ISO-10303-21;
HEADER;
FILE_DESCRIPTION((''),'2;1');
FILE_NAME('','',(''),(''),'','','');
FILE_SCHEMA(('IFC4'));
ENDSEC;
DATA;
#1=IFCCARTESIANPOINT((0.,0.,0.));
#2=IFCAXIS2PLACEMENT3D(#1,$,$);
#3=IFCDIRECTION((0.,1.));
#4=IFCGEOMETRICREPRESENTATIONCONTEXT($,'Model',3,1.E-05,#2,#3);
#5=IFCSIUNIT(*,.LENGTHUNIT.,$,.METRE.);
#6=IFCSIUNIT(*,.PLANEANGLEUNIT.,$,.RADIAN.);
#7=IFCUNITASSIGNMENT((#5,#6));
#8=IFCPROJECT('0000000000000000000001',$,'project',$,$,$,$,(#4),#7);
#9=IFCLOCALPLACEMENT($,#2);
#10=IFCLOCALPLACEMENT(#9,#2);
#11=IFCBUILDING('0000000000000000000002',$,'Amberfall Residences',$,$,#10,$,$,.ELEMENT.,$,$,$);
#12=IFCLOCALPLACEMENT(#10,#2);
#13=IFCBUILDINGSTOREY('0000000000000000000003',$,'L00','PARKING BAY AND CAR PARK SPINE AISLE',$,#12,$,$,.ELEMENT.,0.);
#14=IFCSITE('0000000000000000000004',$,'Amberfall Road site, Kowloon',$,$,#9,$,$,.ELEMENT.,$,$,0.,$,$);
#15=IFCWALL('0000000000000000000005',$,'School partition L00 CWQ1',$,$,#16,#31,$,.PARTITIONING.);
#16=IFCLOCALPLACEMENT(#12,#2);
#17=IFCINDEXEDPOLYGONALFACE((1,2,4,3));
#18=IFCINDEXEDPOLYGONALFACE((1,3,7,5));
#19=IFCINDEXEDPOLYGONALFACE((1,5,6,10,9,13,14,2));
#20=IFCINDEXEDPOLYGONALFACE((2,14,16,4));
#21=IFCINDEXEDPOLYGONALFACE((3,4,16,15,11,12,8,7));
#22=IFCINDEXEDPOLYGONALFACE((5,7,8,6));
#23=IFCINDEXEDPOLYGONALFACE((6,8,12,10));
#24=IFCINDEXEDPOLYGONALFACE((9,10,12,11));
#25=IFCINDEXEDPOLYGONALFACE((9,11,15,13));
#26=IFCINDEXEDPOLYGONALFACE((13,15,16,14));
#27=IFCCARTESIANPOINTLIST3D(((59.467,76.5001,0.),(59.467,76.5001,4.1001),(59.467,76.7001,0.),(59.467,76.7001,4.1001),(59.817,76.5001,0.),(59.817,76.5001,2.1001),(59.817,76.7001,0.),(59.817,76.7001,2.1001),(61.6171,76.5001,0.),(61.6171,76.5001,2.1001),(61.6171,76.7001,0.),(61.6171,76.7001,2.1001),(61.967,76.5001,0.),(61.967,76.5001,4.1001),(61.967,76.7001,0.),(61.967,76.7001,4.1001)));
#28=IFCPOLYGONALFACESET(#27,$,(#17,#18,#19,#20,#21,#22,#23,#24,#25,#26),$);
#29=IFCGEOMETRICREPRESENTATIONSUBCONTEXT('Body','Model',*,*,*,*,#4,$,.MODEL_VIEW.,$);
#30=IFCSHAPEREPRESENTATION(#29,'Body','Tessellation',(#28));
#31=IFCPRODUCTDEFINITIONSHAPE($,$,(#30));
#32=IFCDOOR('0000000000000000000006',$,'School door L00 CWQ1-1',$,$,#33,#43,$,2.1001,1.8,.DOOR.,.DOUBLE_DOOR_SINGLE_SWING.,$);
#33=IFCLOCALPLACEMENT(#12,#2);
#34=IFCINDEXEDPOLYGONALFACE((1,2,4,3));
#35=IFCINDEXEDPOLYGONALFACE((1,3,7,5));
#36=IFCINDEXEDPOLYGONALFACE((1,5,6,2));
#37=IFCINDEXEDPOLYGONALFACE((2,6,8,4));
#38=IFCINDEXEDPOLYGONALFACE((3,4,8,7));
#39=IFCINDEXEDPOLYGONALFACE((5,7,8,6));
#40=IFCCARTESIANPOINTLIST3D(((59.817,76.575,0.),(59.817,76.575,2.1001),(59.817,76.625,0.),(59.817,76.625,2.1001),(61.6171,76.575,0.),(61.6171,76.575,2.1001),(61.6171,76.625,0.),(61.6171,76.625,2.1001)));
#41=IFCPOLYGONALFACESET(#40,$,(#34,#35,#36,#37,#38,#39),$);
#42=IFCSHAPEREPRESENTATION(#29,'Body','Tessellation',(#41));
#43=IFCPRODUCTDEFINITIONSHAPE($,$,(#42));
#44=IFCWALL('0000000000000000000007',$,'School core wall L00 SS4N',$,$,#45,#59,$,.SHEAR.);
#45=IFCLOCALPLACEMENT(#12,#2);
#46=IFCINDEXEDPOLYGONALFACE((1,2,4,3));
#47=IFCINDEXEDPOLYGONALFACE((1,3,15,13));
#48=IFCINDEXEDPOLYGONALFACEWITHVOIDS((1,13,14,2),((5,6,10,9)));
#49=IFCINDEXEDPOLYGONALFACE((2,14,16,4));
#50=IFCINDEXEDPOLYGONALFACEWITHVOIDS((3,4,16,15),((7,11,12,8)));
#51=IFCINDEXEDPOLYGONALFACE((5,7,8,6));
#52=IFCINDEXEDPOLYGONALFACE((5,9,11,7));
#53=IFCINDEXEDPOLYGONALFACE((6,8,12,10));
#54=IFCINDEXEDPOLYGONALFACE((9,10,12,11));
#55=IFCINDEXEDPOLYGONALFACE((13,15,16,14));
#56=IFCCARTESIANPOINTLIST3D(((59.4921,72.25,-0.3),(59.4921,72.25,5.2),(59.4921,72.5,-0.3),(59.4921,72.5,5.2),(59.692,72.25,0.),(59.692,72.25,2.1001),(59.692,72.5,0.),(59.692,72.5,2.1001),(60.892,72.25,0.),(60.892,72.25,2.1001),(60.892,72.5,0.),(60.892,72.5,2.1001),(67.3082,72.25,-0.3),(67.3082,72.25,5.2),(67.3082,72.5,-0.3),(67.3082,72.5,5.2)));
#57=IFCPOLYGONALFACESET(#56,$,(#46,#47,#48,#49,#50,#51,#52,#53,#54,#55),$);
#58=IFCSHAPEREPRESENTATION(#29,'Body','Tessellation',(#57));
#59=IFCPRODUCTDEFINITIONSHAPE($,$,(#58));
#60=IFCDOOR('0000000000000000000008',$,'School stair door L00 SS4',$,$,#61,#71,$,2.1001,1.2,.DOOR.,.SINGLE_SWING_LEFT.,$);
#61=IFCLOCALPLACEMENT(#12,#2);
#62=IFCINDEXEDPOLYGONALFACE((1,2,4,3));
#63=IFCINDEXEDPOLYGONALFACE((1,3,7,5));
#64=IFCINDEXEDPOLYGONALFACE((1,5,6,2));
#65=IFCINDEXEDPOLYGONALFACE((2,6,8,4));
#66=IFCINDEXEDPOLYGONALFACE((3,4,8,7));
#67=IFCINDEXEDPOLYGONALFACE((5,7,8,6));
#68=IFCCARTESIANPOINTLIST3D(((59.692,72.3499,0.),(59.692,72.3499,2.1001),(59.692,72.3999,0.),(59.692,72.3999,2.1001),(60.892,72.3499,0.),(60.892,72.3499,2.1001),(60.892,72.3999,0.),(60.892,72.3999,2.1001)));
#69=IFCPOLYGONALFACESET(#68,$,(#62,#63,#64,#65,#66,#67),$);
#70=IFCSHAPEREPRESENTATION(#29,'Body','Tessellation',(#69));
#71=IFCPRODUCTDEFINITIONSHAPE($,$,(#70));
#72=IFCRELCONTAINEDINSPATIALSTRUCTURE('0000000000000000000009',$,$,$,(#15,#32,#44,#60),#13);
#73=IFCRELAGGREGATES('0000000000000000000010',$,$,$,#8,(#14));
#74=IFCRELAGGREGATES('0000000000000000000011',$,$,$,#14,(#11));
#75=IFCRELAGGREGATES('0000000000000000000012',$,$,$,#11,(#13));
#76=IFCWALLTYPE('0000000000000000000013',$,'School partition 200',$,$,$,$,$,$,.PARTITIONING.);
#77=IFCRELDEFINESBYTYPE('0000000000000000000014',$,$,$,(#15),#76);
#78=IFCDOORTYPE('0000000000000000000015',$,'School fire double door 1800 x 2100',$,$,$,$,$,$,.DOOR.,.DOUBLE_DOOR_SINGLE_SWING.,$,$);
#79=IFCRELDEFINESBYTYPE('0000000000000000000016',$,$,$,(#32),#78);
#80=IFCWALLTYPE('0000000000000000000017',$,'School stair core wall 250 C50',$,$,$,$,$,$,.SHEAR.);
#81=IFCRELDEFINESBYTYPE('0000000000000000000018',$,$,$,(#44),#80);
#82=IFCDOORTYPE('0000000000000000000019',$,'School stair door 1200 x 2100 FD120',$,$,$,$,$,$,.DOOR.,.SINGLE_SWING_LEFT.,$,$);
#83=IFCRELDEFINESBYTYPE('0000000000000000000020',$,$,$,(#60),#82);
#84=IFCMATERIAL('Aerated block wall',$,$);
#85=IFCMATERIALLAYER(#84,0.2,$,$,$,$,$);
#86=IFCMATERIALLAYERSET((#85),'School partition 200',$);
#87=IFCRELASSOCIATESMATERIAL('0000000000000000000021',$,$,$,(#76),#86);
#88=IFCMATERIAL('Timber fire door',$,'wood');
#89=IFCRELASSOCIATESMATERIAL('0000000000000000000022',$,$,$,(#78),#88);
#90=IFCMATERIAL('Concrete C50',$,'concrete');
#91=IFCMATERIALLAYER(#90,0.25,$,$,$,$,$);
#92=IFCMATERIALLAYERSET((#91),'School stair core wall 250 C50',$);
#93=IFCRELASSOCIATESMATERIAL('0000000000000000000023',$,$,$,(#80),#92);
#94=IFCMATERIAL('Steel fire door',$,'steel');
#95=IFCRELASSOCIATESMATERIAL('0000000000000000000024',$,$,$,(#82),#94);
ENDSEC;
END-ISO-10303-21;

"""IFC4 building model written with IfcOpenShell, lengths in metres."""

from ifc_helpers import new_model, si_unit, direction, frame, frame_2d, origin, place, context, subcontext, project, spatial, rectangle, extrude, material, layer, layer_set, type_object, element, fill, save


model = new_model("IFC4")

# Units and contexts
model_context = context("Model", 3, precision=1e-05, world=origin(), true_north=direction((0.0, 1.0)))
body_context = subcontext(model_context, "Body", "Model", "MODEL_VIEW")
ifc_project = project(units=[si_unit("LENGTHUNIT", "METRE"), si_unit("PLANEANGLEUNIT", "RADIAN")], contexts=[model_context])

# Site, building, storey
site_placement = place(None, origin())
site = spatial("IfcSite", under=ifc_project, at=site_placement, Name="Amberfall Road site, Kowloon", CompositionType="ELEMENT", RefElevation=0.0)
building_placement = place(site_placement, origin())
building = spatial("IfcBuilding", under=site, at=building_placement, Name="Amberfall Residences", CompositionType="ELEMENT")
storey_placement = place(building_placement, origin())
storey = spatial("IfcBuildingStorey", under=building, at=storey_placement, Name="L00", Description="PARKING BAY AND CAR PARK SPINE AISLE", CompositionType="ELEMENT", Elevation=0.0)

# Shared definitions
ifc_material_1 = material(Name="Concrete C50", Category="concrete")

# Shared definitions
ifc_material_2 = material(Name="Aerated block wall")

# Shared definitions
ifc_layer_1 = layer(ifc_material_2, 0.2)
ifc_layer_set_1 = layer_set([ifc_layer_1], Name="School partition 200")
wall_type_1 = type_object("IfcWallType", Name="School partition 200", PredefinedType="PARTITIONING", material=ifc_layer_set_1)

# Walls, openings, doors
wall_1_placement = place(storey_placement, frame((59.467, 76.6001, 0.0), z_axis=(0.0, 0.0, 1.0), x_axis=(1.0, 0.0, 0.0)))
wall_1 = element("IfcWall", 1, at=wall_1_placement, inside=storey, type_object=wall_type_1, Name="School partition L00 CWQ1", PredefinedType="PARTITIONING", context=body_context, shape_type="SweptSolid", body=[
    extrude(rectangle(XDim=2.5, YDim=0.2, at=frame_2d((1.25, 0.0))), origin(), (0.0, 0.0, 1.0), 4.1001),
])
opening_1_placement = place(wall_1_placement, frame((0.3501, 0.0, 0.0)))
opening_1 = element("IfcOpeningElement", 2, at=opening_1_placement, cuts=wall_1, PredefinedType="OPENING", context=body_context, shape_type="SweptSolid", body=[
    extrude(rectangle(XDim=1.8, YDim=2.1001, at=frame_2d((0.8999, 1.05))), frame((0.0, 0.1099, 0.0), z_axis=(0.0, -1.0, 0.0), x_axis=(1.0, 0.0, 0.0)), (0.0, 0.0, 1.0), 0.22),
])
ifc_material_3 = material(Name="Timber fire door", Category="wood")
door_type_1 = type_object("IfcDoorType", Name="School fire double door 1800 x 2100", OperationType="DOUBLE_DOOR_SINGLE_SWING", PredefinedType="DOOR", material=ifc_material_3)
door_1_placement = place(opening_1_placement, origin())
door_1 = element("IfcDoor", 3, at=door_1_placement, inside=storey, type_object=door_type_1, Name="School door L00 CWQ1-1", OperationType="DOUBLE_DOOR_SINGLE_SWING", OverallHeight=2.1001, OverallWidth=1.8, PredefinedType="DOOR", context=body_context, shape_type="SweptSolid", body=[
    extrude(rectangle(XDim=1.8, YDim=2.1001, at=frame_2d((0.8999, 1.05))), frame((0.0, 0.0249, 0.0), z_axis=(0.0, -1.0, 0.0), x_axis=(1.0, 0.0, 0.0)), (0.0, 0.0, 1.0), 0.05),
])
fill(opening_1, door_1)
ifc_layer_2 = layer(ifc_material_1, 0.25)
ifc_layer_set_2 = layer_set([ifc_layer_2], Name="School stair core wall 250 C50")
wall_type_2 = type_object("IfcWallType", Name="School stair core wall 250 C50", PredefinedType="SHEAR", material=ifc_layer_set_2)
wall_2_placement = place(storey_placement, frame((59.4919, 72.375, -0.3), z_axis=(0.0, 0.0, 1.0), x_axis=(1.0, 0.0, 0.0)))
wall_2 = element("IfcWall", 4, at=wall_2_placement, inside=storey, type_object=wall_type_2, Name="School core wall L00 SS4N", PredefinedType="SHEAR", context=body_context, shape_type="SweptSolid", body=[
    extrude(rectangle(XDim=7.8162, YDim=0.25, at=frame_2d((3.9082, 0.0))), origin(), (0.0, 0.0, 1.0), 5.5),
])
opening_2_placement = place(wall_2_placement, frame((0.2, 0.0, 0.3)))
opening_2 = element("IfcOpeningElement", 5, at=opening_2_placement, cuts=wall_2, PredefinedType="OPENING", context=body_context, shape_type="SweptSolid", body=[
    extrude(rectangle(XDim=1.2, YDim=2.1001, at=frame_2d((0.6001, 1.05))), frame((0.0, 0.135, 0.0), z_axis=(0.0, -1.0, 0.0), x_axis=(1.0, 0.0, 0.0)), (0.0, 0.0, 1.0), 0.27),
])
ifc_material_4 = material(Name="Steel fire door", Category="steel")
door_type_2 = type_object("IfcDoorType", Name="School stair door 1200 x 2100 FD120", OperationType="SINGLE_SWING_LEFT", PredefinedType="DOOR", material=ifc_material_4)
door_2_placement = place(opening_2_placement, origin())
door_2 = element("IfcDoor", 6, at=door_2_placement, inside=storey, type_object=door_type_2, Name="School stair door L00 SS4", OperationType="SINGLE_SWING_LEFT", OverallHeight=2.1001, OverallWidth=1.2, PredefinedType="DOOR", context=body_context, shape_type="SweptSolid", body=[
    extrude(rectangle(XDim=1.2, YDim=2.1001, at=frame_2d((0.6001, 1.05))), frame((0.0, 0.0249, 0.0), z_axis=(0.0, -1.0, 0.0), x_axis=(1.0, 0.0, 0.0)), (0.0, 0.0, 1.0), 0.05),
])
fill(opening_2, door_2)

save(model, "model.ifc")
